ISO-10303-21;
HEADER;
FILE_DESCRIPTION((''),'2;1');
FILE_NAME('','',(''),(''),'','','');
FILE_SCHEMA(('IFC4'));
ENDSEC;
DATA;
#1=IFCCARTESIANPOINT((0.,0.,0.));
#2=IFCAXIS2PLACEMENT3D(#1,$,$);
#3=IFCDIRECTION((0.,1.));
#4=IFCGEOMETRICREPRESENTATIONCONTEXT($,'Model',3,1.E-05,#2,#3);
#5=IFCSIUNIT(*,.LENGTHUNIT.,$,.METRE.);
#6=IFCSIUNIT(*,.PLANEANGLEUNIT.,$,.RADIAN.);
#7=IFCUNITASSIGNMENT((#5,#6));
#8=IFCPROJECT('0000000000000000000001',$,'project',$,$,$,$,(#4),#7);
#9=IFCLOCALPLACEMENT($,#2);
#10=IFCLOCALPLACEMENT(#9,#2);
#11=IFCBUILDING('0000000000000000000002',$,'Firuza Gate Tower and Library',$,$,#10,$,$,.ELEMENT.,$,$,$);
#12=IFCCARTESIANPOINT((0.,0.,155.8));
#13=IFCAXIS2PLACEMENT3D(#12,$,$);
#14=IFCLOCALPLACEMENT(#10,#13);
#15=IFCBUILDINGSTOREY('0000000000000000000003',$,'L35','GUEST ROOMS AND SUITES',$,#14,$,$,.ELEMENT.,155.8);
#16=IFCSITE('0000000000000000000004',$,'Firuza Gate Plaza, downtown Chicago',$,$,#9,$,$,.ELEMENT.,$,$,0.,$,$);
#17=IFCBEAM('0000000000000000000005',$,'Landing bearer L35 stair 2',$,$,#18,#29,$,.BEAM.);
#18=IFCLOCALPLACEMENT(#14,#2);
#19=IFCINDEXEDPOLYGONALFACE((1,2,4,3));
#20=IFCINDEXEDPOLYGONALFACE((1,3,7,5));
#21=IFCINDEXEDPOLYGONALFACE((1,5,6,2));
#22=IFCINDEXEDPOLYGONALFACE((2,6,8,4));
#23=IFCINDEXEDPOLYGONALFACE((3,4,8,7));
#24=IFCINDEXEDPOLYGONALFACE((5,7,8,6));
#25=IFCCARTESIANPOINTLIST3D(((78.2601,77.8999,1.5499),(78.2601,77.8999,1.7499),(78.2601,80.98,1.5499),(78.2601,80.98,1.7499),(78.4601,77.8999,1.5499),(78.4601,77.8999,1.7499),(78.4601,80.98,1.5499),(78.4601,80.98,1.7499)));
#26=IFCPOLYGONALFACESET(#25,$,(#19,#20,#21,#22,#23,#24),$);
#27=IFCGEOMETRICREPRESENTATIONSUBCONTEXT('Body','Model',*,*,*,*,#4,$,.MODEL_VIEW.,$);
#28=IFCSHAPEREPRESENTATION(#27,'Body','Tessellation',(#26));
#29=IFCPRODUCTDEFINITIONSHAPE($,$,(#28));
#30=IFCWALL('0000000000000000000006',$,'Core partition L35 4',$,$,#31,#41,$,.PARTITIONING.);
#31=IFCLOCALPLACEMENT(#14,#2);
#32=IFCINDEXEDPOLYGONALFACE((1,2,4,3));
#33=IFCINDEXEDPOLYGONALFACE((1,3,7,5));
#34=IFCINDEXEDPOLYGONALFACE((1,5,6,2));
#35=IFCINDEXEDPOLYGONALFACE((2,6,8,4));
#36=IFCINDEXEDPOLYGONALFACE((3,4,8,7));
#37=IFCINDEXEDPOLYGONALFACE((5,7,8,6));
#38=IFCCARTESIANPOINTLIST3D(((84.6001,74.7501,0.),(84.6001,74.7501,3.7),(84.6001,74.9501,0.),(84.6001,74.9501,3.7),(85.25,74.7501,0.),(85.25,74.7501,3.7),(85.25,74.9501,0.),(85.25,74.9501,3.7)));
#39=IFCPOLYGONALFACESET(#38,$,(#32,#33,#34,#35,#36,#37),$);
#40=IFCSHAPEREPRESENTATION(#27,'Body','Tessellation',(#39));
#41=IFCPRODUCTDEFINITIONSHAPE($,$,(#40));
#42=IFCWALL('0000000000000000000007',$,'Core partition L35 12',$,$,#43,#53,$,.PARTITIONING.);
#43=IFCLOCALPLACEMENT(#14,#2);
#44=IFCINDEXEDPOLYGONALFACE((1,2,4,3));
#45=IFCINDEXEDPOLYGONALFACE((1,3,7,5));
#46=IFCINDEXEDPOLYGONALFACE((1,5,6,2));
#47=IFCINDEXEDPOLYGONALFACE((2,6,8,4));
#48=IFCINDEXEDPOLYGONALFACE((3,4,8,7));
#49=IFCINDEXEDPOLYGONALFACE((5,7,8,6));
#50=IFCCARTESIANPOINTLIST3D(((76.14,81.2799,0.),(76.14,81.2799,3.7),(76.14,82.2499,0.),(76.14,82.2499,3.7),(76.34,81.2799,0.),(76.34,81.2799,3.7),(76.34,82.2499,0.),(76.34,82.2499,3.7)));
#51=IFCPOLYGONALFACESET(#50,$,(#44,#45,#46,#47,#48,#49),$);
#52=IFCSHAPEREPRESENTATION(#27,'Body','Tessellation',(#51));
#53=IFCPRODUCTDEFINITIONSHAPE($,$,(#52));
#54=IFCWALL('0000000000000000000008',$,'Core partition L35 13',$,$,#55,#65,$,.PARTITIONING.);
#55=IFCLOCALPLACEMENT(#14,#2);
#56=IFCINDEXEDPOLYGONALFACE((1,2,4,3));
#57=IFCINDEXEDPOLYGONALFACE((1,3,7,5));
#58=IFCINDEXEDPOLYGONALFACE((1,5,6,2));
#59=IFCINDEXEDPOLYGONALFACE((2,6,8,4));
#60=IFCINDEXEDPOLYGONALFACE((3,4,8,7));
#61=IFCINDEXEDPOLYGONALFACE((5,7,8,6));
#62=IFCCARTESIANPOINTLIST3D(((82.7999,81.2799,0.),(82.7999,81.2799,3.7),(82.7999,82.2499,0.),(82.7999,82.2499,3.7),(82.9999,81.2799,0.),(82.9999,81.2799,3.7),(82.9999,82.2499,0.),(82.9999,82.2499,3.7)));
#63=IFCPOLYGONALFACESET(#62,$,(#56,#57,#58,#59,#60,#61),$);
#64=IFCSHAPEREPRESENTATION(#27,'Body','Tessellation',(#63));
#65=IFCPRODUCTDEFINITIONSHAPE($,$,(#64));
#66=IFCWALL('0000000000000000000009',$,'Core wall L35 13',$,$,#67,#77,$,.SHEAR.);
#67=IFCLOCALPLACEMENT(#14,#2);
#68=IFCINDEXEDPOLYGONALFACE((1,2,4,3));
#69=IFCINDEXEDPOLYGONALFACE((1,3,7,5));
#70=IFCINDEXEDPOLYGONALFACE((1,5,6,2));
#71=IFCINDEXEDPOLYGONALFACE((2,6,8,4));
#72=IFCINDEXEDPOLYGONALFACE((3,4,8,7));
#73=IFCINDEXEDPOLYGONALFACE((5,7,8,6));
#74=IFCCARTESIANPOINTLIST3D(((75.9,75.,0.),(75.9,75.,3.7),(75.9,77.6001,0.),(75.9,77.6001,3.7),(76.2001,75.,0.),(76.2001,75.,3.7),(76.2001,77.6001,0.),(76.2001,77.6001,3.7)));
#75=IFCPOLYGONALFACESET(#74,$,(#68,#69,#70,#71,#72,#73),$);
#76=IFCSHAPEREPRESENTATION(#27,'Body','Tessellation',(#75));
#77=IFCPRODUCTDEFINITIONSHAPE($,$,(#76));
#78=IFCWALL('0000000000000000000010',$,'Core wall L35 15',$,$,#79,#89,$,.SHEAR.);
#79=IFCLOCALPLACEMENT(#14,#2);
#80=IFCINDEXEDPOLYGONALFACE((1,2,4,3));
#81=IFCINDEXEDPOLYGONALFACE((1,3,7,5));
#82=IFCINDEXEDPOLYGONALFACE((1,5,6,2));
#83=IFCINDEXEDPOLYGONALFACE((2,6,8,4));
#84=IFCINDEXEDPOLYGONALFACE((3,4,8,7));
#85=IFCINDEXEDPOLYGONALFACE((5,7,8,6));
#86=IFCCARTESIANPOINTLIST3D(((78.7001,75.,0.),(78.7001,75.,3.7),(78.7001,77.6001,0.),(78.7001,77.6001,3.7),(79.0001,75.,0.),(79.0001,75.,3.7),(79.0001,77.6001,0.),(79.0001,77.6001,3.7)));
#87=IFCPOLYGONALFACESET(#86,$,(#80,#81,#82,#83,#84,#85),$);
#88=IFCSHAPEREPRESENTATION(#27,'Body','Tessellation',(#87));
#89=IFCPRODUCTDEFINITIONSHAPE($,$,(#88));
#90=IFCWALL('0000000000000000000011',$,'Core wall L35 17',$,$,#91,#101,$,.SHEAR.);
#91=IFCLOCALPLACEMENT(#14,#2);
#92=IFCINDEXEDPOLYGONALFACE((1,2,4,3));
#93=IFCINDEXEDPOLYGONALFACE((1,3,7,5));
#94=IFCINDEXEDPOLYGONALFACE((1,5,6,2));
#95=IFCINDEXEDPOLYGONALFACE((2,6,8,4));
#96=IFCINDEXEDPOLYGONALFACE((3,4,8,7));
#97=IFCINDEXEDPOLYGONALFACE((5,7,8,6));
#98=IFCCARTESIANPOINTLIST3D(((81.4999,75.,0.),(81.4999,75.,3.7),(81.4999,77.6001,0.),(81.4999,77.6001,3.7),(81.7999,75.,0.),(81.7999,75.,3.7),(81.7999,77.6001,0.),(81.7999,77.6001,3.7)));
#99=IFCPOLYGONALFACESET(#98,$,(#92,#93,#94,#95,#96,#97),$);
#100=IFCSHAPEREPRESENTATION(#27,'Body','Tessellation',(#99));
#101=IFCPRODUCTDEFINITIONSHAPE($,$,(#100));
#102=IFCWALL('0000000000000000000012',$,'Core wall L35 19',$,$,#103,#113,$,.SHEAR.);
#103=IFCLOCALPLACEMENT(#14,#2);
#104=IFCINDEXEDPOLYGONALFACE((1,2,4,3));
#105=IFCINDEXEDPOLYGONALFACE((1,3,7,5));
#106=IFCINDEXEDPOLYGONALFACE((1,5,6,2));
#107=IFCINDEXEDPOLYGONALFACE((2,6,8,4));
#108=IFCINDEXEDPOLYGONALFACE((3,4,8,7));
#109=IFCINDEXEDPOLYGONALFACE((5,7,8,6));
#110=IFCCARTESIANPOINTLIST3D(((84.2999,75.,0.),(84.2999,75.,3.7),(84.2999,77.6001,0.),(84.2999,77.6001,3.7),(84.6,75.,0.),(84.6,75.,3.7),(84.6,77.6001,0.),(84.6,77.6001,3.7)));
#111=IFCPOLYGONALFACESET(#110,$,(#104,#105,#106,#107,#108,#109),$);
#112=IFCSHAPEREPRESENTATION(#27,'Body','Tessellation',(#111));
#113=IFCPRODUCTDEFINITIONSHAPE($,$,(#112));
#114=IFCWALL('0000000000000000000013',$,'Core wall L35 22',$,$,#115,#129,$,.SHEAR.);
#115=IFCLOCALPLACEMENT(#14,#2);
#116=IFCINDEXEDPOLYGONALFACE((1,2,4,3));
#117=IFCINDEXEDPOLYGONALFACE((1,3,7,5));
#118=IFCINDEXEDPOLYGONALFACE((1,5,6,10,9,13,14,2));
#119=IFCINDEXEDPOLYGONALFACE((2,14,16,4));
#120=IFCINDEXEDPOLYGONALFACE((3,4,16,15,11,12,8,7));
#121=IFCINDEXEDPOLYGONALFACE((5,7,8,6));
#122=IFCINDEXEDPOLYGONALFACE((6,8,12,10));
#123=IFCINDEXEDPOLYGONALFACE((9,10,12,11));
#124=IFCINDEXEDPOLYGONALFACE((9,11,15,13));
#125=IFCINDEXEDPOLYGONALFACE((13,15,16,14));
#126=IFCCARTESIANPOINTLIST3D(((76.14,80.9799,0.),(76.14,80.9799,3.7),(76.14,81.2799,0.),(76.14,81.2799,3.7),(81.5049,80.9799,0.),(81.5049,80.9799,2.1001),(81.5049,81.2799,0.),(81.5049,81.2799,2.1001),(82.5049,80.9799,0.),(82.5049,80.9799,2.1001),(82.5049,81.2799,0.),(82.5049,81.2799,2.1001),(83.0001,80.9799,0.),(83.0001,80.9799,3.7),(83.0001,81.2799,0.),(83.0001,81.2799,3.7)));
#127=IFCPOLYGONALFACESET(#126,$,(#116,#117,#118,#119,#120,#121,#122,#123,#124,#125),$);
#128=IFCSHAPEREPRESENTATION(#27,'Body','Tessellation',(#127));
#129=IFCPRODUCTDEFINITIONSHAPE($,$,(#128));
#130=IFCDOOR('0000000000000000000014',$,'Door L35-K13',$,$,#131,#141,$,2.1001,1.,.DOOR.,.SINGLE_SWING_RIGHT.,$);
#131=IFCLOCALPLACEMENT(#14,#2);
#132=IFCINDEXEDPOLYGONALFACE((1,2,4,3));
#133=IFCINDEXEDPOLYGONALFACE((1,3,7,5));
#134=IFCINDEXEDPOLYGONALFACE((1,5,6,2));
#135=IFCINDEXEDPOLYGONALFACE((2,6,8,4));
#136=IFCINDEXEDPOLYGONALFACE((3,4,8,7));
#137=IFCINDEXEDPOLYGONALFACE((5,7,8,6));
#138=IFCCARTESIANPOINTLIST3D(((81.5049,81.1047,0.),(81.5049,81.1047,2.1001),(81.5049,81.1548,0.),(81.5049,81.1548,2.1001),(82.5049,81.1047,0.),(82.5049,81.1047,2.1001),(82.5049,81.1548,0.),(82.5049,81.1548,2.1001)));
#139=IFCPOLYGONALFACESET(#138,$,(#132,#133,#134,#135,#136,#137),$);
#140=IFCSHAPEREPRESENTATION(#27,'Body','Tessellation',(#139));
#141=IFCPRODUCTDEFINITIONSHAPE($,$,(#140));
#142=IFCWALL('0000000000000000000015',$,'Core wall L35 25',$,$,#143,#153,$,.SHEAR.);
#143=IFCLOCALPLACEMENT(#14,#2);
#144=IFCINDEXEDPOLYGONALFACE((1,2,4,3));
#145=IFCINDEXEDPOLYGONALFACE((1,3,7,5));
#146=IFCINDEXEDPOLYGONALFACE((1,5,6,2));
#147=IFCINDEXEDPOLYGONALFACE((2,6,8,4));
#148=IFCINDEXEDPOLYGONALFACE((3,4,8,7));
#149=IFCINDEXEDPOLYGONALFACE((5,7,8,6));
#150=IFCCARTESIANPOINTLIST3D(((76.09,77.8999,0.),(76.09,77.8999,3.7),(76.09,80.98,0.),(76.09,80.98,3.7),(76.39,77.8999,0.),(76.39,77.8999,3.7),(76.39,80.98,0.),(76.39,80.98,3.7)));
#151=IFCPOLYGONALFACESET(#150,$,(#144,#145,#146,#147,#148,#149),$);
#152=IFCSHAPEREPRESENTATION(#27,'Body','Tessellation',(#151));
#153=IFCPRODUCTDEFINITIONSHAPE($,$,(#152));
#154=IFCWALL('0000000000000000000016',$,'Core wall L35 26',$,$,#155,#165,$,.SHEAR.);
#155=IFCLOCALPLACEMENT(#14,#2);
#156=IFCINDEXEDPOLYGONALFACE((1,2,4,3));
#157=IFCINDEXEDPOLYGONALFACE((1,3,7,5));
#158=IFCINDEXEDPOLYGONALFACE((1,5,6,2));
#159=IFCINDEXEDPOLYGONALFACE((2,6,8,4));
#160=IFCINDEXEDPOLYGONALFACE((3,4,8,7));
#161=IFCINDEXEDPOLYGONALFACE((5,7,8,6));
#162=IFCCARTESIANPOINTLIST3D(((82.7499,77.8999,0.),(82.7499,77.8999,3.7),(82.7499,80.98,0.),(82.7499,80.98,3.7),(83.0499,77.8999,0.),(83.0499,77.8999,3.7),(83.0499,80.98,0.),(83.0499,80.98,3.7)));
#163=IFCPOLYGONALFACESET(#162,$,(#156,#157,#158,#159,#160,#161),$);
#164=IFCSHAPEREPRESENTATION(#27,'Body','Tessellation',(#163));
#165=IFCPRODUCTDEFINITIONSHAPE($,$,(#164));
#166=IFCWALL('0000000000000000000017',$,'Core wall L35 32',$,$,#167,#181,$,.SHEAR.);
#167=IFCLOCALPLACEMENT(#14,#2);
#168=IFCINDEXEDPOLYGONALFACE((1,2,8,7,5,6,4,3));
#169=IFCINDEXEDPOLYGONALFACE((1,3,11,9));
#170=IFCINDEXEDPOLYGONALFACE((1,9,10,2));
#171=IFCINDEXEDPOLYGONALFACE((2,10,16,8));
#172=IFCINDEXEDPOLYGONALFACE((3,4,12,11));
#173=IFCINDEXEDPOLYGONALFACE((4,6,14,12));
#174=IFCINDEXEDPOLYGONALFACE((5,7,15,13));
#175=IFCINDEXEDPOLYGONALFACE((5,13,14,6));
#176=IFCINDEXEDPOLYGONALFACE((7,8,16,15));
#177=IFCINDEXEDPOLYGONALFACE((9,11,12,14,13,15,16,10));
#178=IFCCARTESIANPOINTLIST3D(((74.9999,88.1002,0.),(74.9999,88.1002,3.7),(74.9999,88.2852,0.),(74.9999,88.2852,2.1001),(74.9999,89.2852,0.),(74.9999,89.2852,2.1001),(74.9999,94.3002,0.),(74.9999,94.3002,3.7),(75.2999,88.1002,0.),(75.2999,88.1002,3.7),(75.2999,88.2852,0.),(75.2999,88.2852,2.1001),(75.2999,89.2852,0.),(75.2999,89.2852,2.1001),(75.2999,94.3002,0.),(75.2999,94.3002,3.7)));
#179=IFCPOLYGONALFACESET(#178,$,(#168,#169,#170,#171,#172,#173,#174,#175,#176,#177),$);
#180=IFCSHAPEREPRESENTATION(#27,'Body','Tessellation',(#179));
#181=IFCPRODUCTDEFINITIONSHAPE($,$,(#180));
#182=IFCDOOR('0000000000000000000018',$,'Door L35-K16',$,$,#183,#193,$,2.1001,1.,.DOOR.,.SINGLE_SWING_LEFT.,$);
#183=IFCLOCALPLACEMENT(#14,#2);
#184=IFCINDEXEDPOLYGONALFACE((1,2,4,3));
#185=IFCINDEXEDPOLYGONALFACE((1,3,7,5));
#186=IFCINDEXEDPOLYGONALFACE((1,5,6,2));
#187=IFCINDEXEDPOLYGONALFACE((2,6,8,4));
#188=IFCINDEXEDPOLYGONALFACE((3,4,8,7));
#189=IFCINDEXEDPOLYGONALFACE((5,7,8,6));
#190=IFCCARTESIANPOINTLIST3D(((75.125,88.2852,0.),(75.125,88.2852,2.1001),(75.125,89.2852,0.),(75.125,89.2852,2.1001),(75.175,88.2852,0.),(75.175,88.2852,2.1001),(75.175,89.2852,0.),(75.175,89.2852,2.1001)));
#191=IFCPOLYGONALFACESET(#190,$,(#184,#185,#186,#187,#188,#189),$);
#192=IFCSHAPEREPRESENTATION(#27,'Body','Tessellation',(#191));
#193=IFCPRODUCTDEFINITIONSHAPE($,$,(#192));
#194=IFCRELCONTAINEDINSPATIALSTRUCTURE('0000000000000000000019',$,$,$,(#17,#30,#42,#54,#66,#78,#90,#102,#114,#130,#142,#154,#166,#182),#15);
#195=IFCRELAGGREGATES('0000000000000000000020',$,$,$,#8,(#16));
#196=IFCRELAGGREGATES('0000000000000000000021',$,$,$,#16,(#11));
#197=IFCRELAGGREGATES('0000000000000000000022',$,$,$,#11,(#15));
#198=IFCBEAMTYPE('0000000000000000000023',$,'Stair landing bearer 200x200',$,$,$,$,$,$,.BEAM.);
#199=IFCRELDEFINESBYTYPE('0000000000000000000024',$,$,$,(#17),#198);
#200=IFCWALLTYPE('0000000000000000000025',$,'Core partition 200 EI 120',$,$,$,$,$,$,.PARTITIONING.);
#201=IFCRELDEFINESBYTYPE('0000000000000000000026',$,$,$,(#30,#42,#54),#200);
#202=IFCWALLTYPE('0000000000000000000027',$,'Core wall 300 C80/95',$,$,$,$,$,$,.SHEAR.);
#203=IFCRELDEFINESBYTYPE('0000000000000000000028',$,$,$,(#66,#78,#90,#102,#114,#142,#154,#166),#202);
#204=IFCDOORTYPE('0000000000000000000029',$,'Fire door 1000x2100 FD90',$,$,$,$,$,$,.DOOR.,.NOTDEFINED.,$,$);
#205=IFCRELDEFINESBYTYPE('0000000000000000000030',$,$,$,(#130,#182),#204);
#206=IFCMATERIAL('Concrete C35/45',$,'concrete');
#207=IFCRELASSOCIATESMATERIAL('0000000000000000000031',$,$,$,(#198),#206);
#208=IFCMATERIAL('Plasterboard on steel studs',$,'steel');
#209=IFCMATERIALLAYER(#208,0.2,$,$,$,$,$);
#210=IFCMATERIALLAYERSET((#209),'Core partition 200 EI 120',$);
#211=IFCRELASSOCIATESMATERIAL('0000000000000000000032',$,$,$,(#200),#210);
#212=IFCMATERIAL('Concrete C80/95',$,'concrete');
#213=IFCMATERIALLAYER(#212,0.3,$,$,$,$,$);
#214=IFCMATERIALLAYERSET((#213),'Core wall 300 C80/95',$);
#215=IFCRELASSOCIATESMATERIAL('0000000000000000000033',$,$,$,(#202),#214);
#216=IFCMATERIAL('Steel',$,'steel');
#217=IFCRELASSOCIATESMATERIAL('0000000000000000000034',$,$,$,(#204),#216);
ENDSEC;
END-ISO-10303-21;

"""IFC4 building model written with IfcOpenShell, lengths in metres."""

from ifc_helpers import new_model, si_unit, direction, frame, frame_2d, origin, origin_2d, place, context, subcontext, project, spatial, rectangle, extrude, material, layer, layer_set, material_profile, profile_set, type_object, element, fill, save


model = new_model("IFC4")

# Units and contexts
model_context = context("Model", 3, precision=1e-05, world=origin(), true_north=direction((0.0, 1.0)))
body_context = subcontext(model_context, "Body", "Model", "MODEL_VIEW")
ifc_project = project(units=[si_unit("LENGTHUNIT", "METRE"), si_unit("PLANEANGLEUNIT", "RADIAN")], contexts=[model_context])

# Site, building, storey
site_placement = place(None, origin())
site = spatial("IfcSite", under=ifc_project, at=site_placement, Name="Firuza Gate Plaza, downtown Chicago", CompositionType="ELEMENT", RefElevation=0.0)
building_placement = place(site_placement, origin())
building = spatial("IfcBuilding", under=site, at=building_placement, Name="Firuza Gate Tower and Library", CompositionType="ELEMENT")
storey_placement = place(building_placement, frame((0.0, 0.0, 155.8)))
storey = spatial("IfcBuildingStorey", under=building, at=storey_placement, Name="L35", Description="GUEST ROOMS AND SUITES", CompositionType="ELEMENT", Elevation=155.8)

# Beam
ifc_material_1 = material(Name="Concrete C35/45", Category="concrete")
ifc_material_profile = material_profile(ifc_material_1, rectangle(XDim=0.2, YDim=0.2, at=origin_2d()))
ifc_profile_set = profile_set([ifc_material_profile], Name="Concrete C35/45")
beam_type = type_object("IfcBeamType", Name="Stair landing bearer 200x200", PredefinedType="BEAM", material=ifc_profile_set)
beam_placement = place(storey_placement, frame((78.3601, 80.98, 1.6499), z_axis=(0.0, -1.0, 0.0), x_axis=(1.0, 0.0, 0.0)))
element("IfcBeam", 1, at=beam_placement, inside=storey, type_object=beam_type, Name="Landing bearer L35 stair 2", PredefinedType="BEAM", context=body_context, shape_type="SweptSolid", body=[
    extrude(rectangle(XDim=0.2, YDim=0.2, at=origin_2d()), origin(), (0.0, 0.0, 1.0), 3.0801),
])

# Walls
ifc_material_2 = material(Name="Plasterboard on steel studs", Category="steel")
ifc_layer_1 = layer(ifc_material_2, 0.2)
ifc_layer_set_1 = layer_set([ifc_layer_1], Name="Core partition 200 EI 120")
wall_type_1 = type_object("IfcWallType", Name="Core partition 200 EI 120", PredefinedType="PARTITIONING", material=ifc_layer_set_1)
wall_1_placement = place(storey_placement, frame((84.6001, 74.8501, 0.0), z_axis=(0.0, 0.0, 1.0), x_axis=(1.0, 0.0, 0.0)))
element("IfcWall", 2, at=wall_1_placement, inside=storey, type_object=wall_type_1, Name="Core partition L35 4", PredefinedType="PARTITIONING", context=body_context, shape_type="SweptSolid", body=[
    extrude(rectangle(XDim=0.6499, YDim=0.2, at=frame_2d((0.325, 0.0))), origin(), (0.0, 0.0, 1.0), 3.7),
])
for number, where, z_axis, x_axis, name in (
    (3, (76.24, 81.28, 0.0), (0.0, 0.0, 1.0), (0.0, 1.0, 0.0), "Core partition L35 12"),
    (4, (82.8999, 81.28, 0.0), (0.0, 0.0, 1.0), (0.0, 1.0, 0.0), "Core partition L35 13"),
):
    element("IfcWall", number, at=place(storey_placement, frame(where, z_axis=z_axis, x_axis=x_axis)), inside=storey, type_object=wall_type_1, Name=name, PredefinedType="PARTITIONING", context=body_context, shape_type="SweptSolid", body=[
        extrude(rectangle(XDim=0.97, YDim=0.2, at=frame_2d((0.4849, 0.0))), origin(), (0.0, 0.0, 1.0), 3.7),
    ])
ifc_material_3 = material(Name="Concrete C80/95", Category="concrete")
ifc_layer_2 = layer(ifc_material_3, 0.3)
ifc_layer_set_2 = layer_set([ifc_layer_2], Name="Core wall 300 C80/95")
wall_type_2 = type_object("IfcWallType", Name="Core wall 300 C80/95", PredefinedType="SHEAR", material=ifc_layer_set_2)
for number, where, z_axis, x_axis, name in (
    (5, (76.05, 75.0, 0.0), (0.0, 0.0, 1.0), (0.0, 1.0, 0.0), "Core wall L35 13"),
    (6, (78.8501, 75.0, 0.0), (0.0, 0.0, 1.0), (0.0, 1.0, 0.0), "Core wall L35 15"),
    (7, (81.6499, 75.0, 0.0), (0.0, 0.0, 1.0), (0.0, 1.0, 0.0), "Core wall L35 17"),
    (8, (84.45, 75.0, 0.0), (0.0, 0.0, 1.0), (0.0, 1.0, 0.0), "Core wall L35 19"),
):
    element("IfcWall", number, at=place(storey_placement, frame(where, z_axis=z_axis, x_axis=x_axis)), inside=storey, type_object=wall_type_2, Name=name, PredefinedType="SHEAR", context=body_context, shape_type="SweptSolid", body=[
        extrude(rectangle(XDim=2.6001, YDim=0.3, at=frame_2d((1.3, 0.0))), origin(), (0.0, 0.0, 1.0), 3.7),
    ])

# Wall, opening, door
wall_2_placement = place(storey_placement, frame((76.1399, 81.1299, 0.0), z_axis=(0.0, 0.0, 1.0), x_axis=(1.0, 0.0, 0.0)))
wall_2 = element("IfcWall", 9, at=wall_2_placement, inside=storey, type_object=wall_type_2, Name="Core wall L35 22", PredefinedType="SHEAR", context=body_context, shape_type="SweptSolid", body=[
    extrude(rectangle(XDim=6.8601, YDim=0.3, at=frame_2d((3.4302, 0.0))), origin(), (0.0, 0.0, 1.0), 3.7),
])
opening_1_placement = place(wall_2_placement, frame((5.365, 0.0, 0.0)))
opening_1 = element("IfcOpeningElement", 10, at=opening_1_placement, cuts=wall_2, PredefinedType="OPENING", context=body_context, shape_type="SweptSolid", body=[
    extrude(rectangle(XDim=1.0, YDim=2.1001, at=frame_2d((0.5, 1.05))), frame((0.0, 0.1602, 0.0), z_axis=(0.0, -1.0, 0.0), x_axis=(1.0, 0.0, 0.0)), (0.0, 0.0, 1.0), 0.3201),
])
ifc_material_4 = material(Name="Steel", Category="steel")
door_type_1 = type_object("IfcDoorType", Name="Fire door 1000x2100 FD90", OperationType="NOTDEFINED", PredefinedType="DOOR", material=ifc_material_4)
door_1_placement = place(opening_1_placement, origin())
door_1 = element("IfcDoor", 11, at=door_1_placement, inside=storey, type_object=door_type_1, Name="Door L35-K13", OperationType="SINGLE_SWING_RIGHT", OverallHeight=2.1001, OverallWidth=1.0, PredefinedType="DOOR", context=body_context, shape_type="SweptSolid", body=[
    extrude(rectangle(XDim=1.0, YDim=2.1001, at=frame_2d((0.5, 1.05))), frame((0.0, 0.0249, 0.0), z_axis=(0.0, -1.0, 0.0), x_axis=(1.0, 0.0, 0.0)), (0.0, 0.0, 1.0), 0.05),
])
fill(opening_1, door_1)

# Walls
for number, where, z_axis, x_axis, name in (
    (12, (76.24, 77.8999, 0.0), (0.0, 0.0, 1.0), (0.0, 1.0, 0.0), "Core wall L35 25"),
    (13, (82.8999, 77.8999, 0.0), (0.0, 0.0, 1.0), (0.0, 1.0, 0.0), "Core wall L35 26"),
):
    element("IfcWall", number, at=place(storey_placement, frame(where, z_axis=z_axis, x_axis=x_axis)), inside=storey, type_object=wall_type_2, Name=name, PredefinedType="SHEAR", context=body_context, shape_type="SweptSolid", body=[
        extrude(rectangle(XDim=3.0801, YDim=0.3, at=frame_2d((1.54, 0.0))), origin(), (0.0, 0.0, 1.0), 3.7),
    ])

# Wall, opening, door
wall_3_placement = place(storey_placement, frame((75.1499, 88.1001, 0.0), z_axis=(0.0, 0.0, 1.0), x_axis=(0.0, 1.0, 0.0)))
wall_3 = element("IfcWall", 14, at=wall_3_placement, inside=storey, type_object=wall_type_2, Name="Core wall L35 32", PredefinedType="SHEAR", context=body_context, shape_type="SweptSolid", body=[
    extrude(rectangle(XDim=6.2, YDim=0.3, at=frame_2d((3.1001, 0.0))), origin(), (0.0, 0.0, 1.0), 3.7),
])
opening_2_placement = place(wall_3_placement, frame((0.1851, 0.0, 0.0)))
opening_2 = element("IfcOpeningElement", 15, at=opening_2_placement, cuts=wall_3, PredefinedType="OPENING", context=body_context, shape_type="SweptSolid", body=[
    extrude(rectangle(XDim=1.0, YDim=2.1001, at=frame_2d((0.5, 1.05))), frame((0.0, 0.1602, 0.0), z_axis=(0.0, -1.0, 0.0), x_axis=(1.0, 0.0, 0.0)), (0.0, 0.0, 1.0), 0.3201),
])
door_2_placement = place(opening_2_placement, origin())
door_2 = element("IfcDoor", 16, at=door_2_placement, inside=storey, type_object=door_type_1, Name="Door L35-K16", OperationType="SINGLE_SWING_LEFT", OverallHeight=2.1001, OverallWidth=1.0, PredefinedType="DOOR", context=body_context, shape_type="SweptSolid", body=[
    extrude(rectangle(XDim=1.0, YDim=2.1001, at=frame_2d((0.5, 1.05))), frame((0.0, 0.0249, 0.0), z_axis=(0.0, -1.0, 0.0), x_axis=(1.0, 0.0, 0.0)), (0.0, 0.0, 1.0), 0.05),
])
fill(opening_2, door_2)

save(model, "model.ifc")
